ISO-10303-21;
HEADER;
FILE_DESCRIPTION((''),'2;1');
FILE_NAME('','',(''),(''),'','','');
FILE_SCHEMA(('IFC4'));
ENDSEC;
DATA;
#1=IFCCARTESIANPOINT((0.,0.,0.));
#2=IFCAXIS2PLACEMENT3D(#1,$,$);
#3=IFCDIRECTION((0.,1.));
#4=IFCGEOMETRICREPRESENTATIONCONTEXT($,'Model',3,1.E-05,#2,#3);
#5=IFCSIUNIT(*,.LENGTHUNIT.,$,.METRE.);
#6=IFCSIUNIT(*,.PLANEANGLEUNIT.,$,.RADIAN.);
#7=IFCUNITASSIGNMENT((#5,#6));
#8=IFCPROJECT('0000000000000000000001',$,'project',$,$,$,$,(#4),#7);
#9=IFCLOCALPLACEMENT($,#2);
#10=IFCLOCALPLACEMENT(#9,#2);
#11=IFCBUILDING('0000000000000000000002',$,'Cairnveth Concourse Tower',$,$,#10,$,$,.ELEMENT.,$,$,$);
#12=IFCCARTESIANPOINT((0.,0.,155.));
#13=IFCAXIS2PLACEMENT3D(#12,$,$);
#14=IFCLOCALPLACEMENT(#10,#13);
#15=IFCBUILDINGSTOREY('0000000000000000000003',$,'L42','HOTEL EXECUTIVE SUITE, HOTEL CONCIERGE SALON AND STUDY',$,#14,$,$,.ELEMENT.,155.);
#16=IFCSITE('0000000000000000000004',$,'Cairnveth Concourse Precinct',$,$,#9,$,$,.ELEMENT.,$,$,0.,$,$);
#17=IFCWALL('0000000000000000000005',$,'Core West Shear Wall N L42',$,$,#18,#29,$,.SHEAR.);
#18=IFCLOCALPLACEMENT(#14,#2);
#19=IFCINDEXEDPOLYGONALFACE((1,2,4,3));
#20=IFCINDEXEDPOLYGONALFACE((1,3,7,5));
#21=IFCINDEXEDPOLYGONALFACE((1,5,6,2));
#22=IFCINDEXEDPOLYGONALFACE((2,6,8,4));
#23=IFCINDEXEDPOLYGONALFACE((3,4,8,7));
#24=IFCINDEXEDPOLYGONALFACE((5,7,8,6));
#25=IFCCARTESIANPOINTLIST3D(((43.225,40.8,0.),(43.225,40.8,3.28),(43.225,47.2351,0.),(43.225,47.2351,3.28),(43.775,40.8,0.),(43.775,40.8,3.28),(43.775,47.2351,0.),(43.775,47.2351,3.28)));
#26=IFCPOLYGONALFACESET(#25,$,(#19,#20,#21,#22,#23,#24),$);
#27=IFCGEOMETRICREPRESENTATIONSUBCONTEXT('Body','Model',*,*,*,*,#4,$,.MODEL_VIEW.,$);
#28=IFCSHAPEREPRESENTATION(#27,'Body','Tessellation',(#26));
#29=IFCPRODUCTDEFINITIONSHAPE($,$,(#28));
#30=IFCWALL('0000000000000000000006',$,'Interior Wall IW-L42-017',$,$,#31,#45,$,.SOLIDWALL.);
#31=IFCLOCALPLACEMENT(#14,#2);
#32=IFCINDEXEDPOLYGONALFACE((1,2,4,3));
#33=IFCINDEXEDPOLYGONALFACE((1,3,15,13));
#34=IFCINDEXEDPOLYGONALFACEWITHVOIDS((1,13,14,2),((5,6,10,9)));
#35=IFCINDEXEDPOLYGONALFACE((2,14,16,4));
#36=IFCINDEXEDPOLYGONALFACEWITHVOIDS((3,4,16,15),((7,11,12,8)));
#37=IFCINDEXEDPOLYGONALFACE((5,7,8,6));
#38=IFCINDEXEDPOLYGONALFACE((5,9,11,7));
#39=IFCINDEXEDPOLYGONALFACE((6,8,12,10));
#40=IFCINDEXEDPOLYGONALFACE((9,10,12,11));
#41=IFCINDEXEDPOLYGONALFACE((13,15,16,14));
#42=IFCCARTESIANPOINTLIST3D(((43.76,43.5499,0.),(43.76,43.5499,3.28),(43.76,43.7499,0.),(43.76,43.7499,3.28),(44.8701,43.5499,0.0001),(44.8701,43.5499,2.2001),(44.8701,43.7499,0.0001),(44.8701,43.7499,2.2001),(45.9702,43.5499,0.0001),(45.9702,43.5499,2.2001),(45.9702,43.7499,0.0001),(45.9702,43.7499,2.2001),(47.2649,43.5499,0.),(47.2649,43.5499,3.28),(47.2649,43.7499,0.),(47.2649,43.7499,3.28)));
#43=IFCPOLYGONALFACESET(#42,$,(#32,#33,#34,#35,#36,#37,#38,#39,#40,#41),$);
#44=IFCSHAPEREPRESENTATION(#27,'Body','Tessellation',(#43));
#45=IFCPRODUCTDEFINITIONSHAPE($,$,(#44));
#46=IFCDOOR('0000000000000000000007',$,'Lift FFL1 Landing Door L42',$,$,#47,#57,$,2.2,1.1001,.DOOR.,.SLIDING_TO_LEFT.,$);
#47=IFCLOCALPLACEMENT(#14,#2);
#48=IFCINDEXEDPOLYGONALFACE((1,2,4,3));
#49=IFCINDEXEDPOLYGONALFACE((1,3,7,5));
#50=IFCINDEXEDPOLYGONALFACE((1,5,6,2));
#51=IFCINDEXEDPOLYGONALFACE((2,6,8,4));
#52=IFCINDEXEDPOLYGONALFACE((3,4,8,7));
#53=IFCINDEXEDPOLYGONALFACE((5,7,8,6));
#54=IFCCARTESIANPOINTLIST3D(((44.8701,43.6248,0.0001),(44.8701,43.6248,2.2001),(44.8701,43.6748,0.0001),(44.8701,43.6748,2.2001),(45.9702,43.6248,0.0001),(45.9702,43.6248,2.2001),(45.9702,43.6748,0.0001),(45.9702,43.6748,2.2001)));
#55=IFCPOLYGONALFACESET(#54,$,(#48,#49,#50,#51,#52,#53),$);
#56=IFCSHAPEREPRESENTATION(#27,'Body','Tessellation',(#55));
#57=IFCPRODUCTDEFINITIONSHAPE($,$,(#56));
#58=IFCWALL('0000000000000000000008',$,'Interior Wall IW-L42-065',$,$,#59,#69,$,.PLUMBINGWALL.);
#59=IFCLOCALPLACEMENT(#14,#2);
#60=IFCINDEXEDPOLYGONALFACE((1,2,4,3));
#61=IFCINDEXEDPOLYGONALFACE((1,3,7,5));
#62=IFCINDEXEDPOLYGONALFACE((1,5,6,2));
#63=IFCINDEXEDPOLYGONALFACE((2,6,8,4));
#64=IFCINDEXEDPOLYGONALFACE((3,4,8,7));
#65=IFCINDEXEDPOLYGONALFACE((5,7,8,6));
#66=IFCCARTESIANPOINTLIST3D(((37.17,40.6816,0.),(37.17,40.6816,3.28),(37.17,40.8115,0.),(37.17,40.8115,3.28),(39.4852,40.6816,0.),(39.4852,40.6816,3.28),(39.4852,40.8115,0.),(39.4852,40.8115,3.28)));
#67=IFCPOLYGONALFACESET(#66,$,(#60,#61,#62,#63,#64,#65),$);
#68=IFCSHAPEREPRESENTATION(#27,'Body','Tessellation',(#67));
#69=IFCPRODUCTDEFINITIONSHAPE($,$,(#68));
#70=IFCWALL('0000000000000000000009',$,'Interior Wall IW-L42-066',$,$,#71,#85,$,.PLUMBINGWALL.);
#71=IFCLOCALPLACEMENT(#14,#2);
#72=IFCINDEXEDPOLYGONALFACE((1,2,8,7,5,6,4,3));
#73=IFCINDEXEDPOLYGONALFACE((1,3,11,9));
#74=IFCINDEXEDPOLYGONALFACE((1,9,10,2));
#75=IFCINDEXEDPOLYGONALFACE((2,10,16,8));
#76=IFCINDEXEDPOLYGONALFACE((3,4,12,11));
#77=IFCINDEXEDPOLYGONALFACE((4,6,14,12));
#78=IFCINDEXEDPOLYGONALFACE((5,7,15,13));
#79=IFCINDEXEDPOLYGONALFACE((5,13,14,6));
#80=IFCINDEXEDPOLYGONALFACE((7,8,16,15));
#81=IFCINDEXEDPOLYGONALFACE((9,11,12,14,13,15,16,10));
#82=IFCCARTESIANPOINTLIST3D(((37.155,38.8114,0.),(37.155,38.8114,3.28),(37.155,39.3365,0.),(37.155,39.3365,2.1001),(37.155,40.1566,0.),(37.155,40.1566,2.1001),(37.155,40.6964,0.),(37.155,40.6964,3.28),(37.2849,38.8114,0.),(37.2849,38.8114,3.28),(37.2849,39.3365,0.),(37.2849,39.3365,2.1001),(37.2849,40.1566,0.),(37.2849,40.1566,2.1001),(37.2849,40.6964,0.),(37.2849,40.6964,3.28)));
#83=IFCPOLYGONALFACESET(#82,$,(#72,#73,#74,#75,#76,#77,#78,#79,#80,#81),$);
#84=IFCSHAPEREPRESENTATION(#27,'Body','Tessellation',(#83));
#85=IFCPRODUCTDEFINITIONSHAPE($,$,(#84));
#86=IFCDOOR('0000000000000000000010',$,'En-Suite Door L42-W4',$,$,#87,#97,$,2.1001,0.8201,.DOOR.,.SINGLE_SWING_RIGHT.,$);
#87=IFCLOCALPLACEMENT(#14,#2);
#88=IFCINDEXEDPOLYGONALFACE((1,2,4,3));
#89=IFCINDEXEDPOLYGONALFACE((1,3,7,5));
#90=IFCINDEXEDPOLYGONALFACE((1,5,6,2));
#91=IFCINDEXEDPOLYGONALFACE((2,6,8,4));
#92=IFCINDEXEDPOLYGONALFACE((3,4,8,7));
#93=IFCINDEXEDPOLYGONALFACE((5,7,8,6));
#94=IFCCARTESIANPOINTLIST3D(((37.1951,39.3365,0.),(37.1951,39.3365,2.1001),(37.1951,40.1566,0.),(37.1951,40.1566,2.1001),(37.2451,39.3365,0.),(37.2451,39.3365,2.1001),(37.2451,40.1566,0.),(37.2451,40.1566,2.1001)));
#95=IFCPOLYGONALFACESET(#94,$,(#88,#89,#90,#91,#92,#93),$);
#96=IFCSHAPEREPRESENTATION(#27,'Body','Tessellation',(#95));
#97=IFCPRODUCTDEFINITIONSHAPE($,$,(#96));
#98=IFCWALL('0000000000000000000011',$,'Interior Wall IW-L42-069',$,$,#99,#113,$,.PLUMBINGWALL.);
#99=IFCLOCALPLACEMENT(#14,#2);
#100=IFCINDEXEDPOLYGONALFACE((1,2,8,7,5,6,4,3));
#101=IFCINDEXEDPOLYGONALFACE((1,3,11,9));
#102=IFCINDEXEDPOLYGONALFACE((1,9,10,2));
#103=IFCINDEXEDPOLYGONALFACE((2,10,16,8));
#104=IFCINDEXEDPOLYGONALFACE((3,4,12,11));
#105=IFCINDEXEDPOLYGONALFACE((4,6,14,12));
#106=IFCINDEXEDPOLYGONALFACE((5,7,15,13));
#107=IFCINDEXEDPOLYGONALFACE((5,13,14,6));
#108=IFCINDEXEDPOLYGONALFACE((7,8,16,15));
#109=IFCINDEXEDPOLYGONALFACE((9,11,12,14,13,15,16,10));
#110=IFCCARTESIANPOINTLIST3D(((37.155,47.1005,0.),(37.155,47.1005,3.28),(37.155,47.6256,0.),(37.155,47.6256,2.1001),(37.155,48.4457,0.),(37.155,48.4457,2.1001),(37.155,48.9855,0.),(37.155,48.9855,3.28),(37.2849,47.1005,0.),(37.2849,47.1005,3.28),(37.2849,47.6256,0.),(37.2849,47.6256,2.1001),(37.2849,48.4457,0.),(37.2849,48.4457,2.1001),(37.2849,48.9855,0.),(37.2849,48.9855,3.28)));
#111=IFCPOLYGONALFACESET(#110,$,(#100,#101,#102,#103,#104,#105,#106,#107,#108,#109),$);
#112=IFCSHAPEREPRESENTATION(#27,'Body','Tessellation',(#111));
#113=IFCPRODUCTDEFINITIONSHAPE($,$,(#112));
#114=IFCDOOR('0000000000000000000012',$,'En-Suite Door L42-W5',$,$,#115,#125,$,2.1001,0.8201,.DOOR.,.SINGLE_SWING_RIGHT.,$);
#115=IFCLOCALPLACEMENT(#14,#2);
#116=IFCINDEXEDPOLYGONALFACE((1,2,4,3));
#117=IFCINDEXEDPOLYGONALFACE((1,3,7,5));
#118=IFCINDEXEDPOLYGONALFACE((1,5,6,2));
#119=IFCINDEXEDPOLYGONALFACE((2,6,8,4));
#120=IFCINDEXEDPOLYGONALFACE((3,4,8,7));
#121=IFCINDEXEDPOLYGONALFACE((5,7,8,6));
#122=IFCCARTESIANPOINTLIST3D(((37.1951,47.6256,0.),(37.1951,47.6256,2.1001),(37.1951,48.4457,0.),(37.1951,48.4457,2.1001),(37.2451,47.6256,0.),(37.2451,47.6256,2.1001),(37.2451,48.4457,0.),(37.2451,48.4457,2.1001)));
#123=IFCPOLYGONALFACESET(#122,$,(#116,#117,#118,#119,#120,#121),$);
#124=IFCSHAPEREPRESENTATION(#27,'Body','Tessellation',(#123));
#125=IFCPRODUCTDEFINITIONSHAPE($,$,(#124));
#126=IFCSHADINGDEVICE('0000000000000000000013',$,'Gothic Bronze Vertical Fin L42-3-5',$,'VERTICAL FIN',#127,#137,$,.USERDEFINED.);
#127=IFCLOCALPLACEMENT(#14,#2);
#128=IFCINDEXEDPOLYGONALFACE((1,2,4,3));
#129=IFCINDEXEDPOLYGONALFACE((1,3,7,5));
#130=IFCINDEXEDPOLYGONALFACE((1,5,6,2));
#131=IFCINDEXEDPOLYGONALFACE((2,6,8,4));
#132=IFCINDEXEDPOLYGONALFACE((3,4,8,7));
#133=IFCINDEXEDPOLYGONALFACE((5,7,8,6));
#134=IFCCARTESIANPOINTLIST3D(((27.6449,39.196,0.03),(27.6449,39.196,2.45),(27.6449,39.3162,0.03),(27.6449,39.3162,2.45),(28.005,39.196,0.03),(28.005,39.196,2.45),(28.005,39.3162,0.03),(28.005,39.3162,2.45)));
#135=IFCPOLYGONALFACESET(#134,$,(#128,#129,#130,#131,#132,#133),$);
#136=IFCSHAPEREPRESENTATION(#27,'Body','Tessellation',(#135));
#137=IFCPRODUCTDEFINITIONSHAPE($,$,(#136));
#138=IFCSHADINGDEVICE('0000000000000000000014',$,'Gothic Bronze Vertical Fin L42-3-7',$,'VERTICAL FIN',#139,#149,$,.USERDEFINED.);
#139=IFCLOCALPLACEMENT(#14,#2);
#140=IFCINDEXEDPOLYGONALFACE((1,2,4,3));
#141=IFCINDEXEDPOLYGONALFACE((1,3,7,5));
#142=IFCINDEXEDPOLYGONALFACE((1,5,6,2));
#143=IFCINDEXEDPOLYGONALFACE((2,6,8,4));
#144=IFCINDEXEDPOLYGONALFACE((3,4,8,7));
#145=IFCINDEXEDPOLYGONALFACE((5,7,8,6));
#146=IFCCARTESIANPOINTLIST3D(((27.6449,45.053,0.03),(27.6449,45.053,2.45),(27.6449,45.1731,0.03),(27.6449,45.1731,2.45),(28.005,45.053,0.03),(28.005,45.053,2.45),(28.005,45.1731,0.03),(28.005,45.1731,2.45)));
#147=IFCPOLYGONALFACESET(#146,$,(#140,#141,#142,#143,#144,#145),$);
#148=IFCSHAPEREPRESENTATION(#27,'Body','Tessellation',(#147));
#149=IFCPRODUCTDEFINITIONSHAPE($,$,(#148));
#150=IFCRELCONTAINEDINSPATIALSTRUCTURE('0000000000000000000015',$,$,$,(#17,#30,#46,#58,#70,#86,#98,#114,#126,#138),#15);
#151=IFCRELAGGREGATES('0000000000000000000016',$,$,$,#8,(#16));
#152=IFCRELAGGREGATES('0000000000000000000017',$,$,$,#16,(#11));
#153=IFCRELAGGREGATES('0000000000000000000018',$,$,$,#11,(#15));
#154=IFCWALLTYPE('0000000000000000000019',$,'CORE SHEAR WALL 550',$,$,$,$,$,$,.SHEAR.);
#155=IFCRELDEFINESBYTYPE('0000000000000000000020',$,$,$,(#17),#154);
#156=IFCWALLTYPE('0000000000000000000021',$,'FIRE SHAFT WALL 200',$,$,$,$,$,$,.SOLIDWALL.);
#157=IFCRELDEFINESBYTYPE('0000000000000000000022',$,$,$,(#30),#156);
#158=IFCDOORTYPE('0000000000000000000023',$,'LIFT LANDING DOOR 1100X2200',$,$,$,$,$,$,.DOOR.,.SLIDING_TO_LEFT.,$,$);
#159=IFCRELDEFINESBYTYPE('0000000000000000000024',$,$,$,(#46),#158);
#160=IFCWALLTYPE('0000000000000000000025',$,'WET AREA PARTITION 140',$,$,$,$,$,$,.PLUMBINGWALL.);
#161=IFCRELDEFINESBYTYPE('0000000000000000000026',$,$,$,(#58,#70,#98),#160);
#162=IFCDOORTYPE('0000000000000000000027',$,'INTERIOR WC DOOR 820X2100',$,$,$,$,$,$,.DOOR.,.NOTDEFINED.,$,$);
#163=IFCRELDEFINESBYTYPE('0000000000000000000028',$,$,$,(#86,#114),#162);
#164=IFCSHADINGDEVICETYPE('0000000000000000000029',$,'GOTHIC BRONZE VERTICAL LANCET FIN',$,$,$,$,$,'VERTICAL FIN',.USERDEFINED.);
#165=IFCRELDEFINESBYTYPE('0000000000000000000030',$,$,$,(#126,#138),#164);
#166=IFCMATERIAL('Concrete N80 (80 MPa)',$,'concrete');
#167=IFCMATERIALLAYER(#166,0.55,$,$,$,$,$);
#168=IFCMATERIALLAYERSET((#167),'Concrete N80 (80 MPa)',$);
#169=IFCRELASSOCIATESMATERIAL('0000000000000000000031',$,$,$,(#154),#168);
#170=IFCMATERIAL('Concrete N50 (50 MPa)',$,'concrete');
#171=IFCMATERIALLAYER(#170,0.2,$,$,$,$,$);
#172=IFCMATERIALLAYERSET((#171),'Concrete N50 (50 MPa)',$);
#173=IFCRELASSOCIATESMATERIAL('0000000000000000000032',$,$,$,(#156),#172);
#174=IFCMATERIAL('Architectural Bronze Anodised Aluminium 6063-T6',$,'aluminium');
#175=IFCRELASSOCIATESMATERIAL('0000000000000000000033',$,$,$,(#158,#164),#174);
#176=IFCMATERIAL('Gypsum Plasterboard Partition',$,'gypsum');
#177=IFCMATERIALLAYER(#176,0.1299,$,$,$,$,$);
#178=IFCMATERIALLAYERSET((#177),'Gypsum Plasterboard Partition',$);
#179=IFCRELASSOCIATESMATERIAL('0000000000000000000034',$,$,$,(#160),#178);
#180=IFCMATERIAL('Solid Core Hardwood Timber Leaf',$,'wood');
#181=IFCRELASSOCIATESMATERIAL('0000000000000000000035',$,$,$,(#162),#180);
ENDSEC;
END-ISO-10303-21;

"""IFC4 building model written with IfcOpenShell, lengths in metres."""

from ifc_helpers import new_model, si_unit, direction, frame, frame_2d, origin, origin_2d, place, context, subcontext, project, spatial, rectangle, extrude, material, layer, layer_set, type_object, element, fill, save


model = new_model("IFC4")

# Units and contexts
model_context = context("Model", 3, precision=1e-05, world=origin(), true_north=direction((0.0, 1.0)))
body_context = subcontext(model_context, "Body", "Model", "MODEL_VIEW")
ifc_project = project(units=[si_unit("LENGTHUNIT", "METRE"), si_unit("PLANEANGLEUNIT", "RADIAN")], contexts=[model_context])

# Site, building, storey
site_placement = place(None, origin())
site = spatial("IfcSite", under=ifc_project, at=site_placement, Name="Cairnveth Concourse Precinct", CompositionType="ELEMENT", RefElevation=0.0)
building_placement = place(site_placement, origin())
building = spatial("IfcBuilding", under=site, at=building_placement, Name="Cairnveth Concourse Tower", CompositionType="ELEMENT")
storey_placement = place(building_placement, frame((0.0, 0.0, 155.0)))
storey = spatial("IfcBuildingStorey", under=building, at=storey_placement, Name="L42", Description="HOTEL EXECUTIVE SUITE, HOTEL CONCIERGE SALON AND STUDY", CompositionType="ELEMENT", Elevation=155.0)

# Wall
ifc_material_1 = material(Name="Gypsum Plasterboard Partition", Category="gypsum")
ifc_material_2 = material(Name="Concrete N80 (80 MPa)", Category="concrete")
ifc_layer_1 = layer(ifc_material_2, 0.55)
ifc_layer_set_1 = layer_set([ifc_layer_1], Name="Concrete N80 (80 MPa)")
wall_type_1 = type_object("IfcWallType", Name="CORE SHEAR WALL 550", PredefinedType="SHEAR", material=ifc_layer_set_1)
wall_1_placement = place(storey_placement, frame((43.5, 40.8, 0.0), z_axis=(0.0, 0.0, 1.0), x_axis=(0.0, 1.0, 0.0)))
element("IfcWall", 1, at=wall_1_placement, inside=storey, type_object=wall_type_1, Name="Core West Shear Wall N L42", PredefinedType="SHEAR", context=body_context, shape_type="SweptSolid", body=[
    extrude(rectangle(XDim=6.4351, YDim=0.55, at=frame_2d((3.2175, 0.0))), origin(), (0.0, 0.0, 1.0), 3.28),
])

# Wall, opening, door
ifc_material_3 = material(Name="Concrete N50 (50 MPa)", Category="concrete")
ifc_layer_2 = layer(ifc_material_3, 0.2)
ifc_layer_set_2 = layer_set([ifc_layer_2], Name="Concrete N50 (50 MPa)")
wall_type_2 = type_object("IfcWallType", Name="FIRE SHAFT WALL 200", PredefinedType="SOLIDWALL", material=ifc_layer_set_2)
wall_2_placement = place(storey_placement, frame((43.76, 43.6499, 0.0), z_axis=(0.0, 0.0, 1.0), x_axis=(1.0, 0.0, 0.0)))
wall_2 = element("IfcWall", 2, at=wall_2_placement, inside=storey, type_object=wall_type_2, Name="Interior Wall IW-L42-017", PredefinedType="SOLIDWALL", context=body_context, shape_type="SweptSolid", body=[
    extrude(rectangle(XDim=3.5049, YDim=0.2, at=frame_2d((1.7524, 0.0))), origin(), (0.0, 0.0, 1.0), 3.28),
])
opening_1_placement = place(wall_2_placement, frame((1.1101, 0.0, 0.0)))
opening_1 = element("IfcOpeningElement", 3, at=opening_1_placement, cuts=wall_2, PredefinedType="OPENING", context=body_context, shape_type="SweptSolid", body=[
    extrude(rectangle(XDim=1.1001, YDim=2.2, at=frame_2d((0.55, 1.1001))), frame((0.0, 0.1099, 0.0), z_axis=(0.0, -1.0, 0.0), x_axis=(1.0, 0.0, 0.0)), (0.0, 0.0, 1.0), 0.22),
])
ifc_material_4 = material(Name="Architectural Bronze Anodised Aluminium 6063-T6", Category="aluminium")
door_type_1 = type_object("IfcDoorType", Name="LIFT LANDING DOOR 1100X2200", OperationType="SLIDING_TO_LEFT", PredefinedType="DOOR", material=ifc_material_4)
door_1_placement = place(opening_1_placement, origin())
door_1 = element("IfcDoor", 4, at=door_1_placement, inside=storey, type_object=door_type_1, Name="Lift FFL1 Landing Door L42", OperationType="SLIDING_TO_LEFT", OverallHeight=2.2, OverallWidth=1.1001, PredefinedType="DOOR", context=body_context, shape_type="SweptSolid", body=[
    extrude(rectangle(XDim=1.1001, YDim=2.2, at=frame_2d((0.55, 1.1001))), frame((0.0, 0.0249, 0.0), z_axis=(0.0, -1.0, 0.0), x_axis=(1.0, 0.0, 0.0)), (0.0, 0.0, 1.0), 0.05),
])
fill(opening_1, door_1)

# Wall
ifc_layer_3 = layer(ifc_material_1, 0.1299)
ifc_layer_set_3 = layer_set([ifc_layer_3], Name="Gypsum Plasterboard Partition")
wall_type_3 = type_object("IfcWallType", Name="WET AREA PARTITION 140", PredefinedType="PLUMBINGWALL", material=ifc_layer_set_3)
wall_3_placement = place(storey_placement, frame((37.1699, 40.7466, 0.0), z_axis=(0.0, 0.0, 1.0), x_axis=(1.0, 0.0, 0.0)))
element("IfcWall", 5, at=wall_3_placement, inside=storey, type_object=wall_type_3, Name="Interior Wall IW-L42-065", PredefinedType="PLUMBINGWALL", context=body_context, shape_type="SweptSolid", body=[
    extrude(rectangle(XDim=2.3152, YDim=0.1299, at=frame_2d((1.1577, 0.0))), origin(), (0.0, 0.0, 1.0), 3.28),
])

# Walls, openings, doors
wall_4_placement = place(storey_placement, frame((37.22, 38.8115, 0.0), z_axis=(0.0, 0.0, 1.0), x_axis=(0.0, 1.0, 0.0)))
wall_4 = element("IfcWall", 6, at=wall_4_placement, inside=storey, type_object=wall_type_3, Name="Interior Wall IW-L42-066", PredefinedType="PLUMBINGWALL", context=body_context, shape_type="SweptSolid", body=[
    extrude(rectangle(XDim=1.885, YDim=0.1299, at=frame_2d((0.9424, 0.0))), origin(), (0.0, 0.0, 1.0), 3.28),
])
opening_2_placement = place(wall_4_placement, frame((0.5249, 0.0, 0.0)))
opening_2 = element("IfcOpeningElement", 7, at=opening_2_placement, cuts=wall_4, PredefinedType="OPENING", context=body_context, shape_type="SweptSolid", body=[
    extrude(rectangle(XDim=0.8201, YDim=2.1001, at=frame_2d((0.4102, 1.05))), frame((0.0, 0.075, 0.0), z_axis=(0.0, -1.0, 0.0), x_axis=(1.0, 0.0, 0.0)), (0.0, 0.0, 1.0), 0.1499),
])
ifc_material_5 = material(Name="Solid Core Hardwood Timber Leaf", Category="wood")
door_type_2 = type_object("IfcDoorType", Name="INTERIOR WC DOOR 820X2100", OperationType="NOTDEFINED", PredefinedType="DOOR", material=ifc_material_5)
door_2_placement = place(opening_2_placement, origin())
door_2 = element("IfcDoor", 8, at=door_2_placement, inside=storey, type_object=door_type_2, Name="En-Suite Door L42-W4", OperationType="SINGLE_SWING_RIGHT", OverallHeight=2.1001, OverallWidth=0.8201, PredefinedType="DOOR", context=body_context, shape_type="SweptSolid", body=[
    extrude(rectangle(XDim=0.8201, YDim=2.1001, at=frame_2d((0.4102, 1.05))), frame((0.0, 0.0249, 0.0), z_axis=(0.0, -1.0, 0.0), x_axis=(1.0, 0.0, 0.0)), (0.0, 0.0, 1.0), 0.05),
])
fill(opening_2, door_2)
wall_5_placement = place(storey_placement, frame((37.22, 47.1006, 0.0), z_axis=(0.0, 0.0, 1.0), x_axis=(0.0, 1.0, 0.0)))
wall_5 = element("IfcWall", 9, at=wall_5_placement, inside=storey, type_object=wall_type_3, Name="Interior Wall IW-L42-069", PredefinedType="PLUMBINGWALL", context=body_context, shape_type="SweptSolid", body=[
    extrude(rectangle(XDim=1.885, YDim=0.1299, at=frame_2d((0.9424, 0.0))), origin(), (0.0, 0.0, 1.0), 3.28),
])
opening_3_placement = place(wall_5_placement, frame((0.5249, 0.0, 0.0)))
opening_3 = element("IfcOpeningElement", 10, at=opening_3_placement, cuts=wall_5, PredefinedType="OPENING", context=body_context, shape_type="SweptSolid", body=[
    extrude(rectangle(XDim=0.8201, YDim=2.1001, at=frame_2d((0.4102, 1.05))), frame((0.0, 0.075, 0.0), z_axis=(0.0, -1.0, 0.0), x_axis=(1.0, 0.0, 0.0)), (0.0, 0.0, 1.0), 0.1499),
])
door_3_placement = place(opening_3_placement, origin())
door_3 = element("IfcDoor", 11, at=door_3_placement, inside=storey, type_object=door_type_2, Name="En-Suite Door L42-W5", OperationType="SINGLE_SWING_RIGHT", OverallHeight=2.1001, OverallWidth=0.8201, PredefinedType="DOOR", context=body_context, shape_type="SweptSolid", body=[
    extrude(rectangle(XDim=0.8201, YDim=2.1001, at=frame_2d((0.4102, 1.05))), frame((0.0, 0.0249, 0.0), z_axis=(0.0, -1.0, 0.0), x_axis=(1.0, 0.0, 0.0)), (0.0, 0.0, 1.0), 0.05),
])
fill(opening_3, door_3)

# Shading devices
shading_device_type = type_object("IfcShadingDeviceType", Name="GOTHIC BRONZE VERTICAL LANCET FIN", ElementType="VERTICAL FIN", PredefinedType="USERDEFINED", material=ifc_material_4)
for number, where, z_axis, x_axis, name in (
    (12, (27.825, 39.2561, 0.03), (0.0, 0.0, 1.0), (0.0, 1.0, 0.0), "Gothic Bronze Vertical Fin L42-3-5"),
    (13, (27.825, 45.113, 0.03), (0.0, 0.0, 1.0), (0.0, 1.0, 0.0), "Gothic Bronze Vertical Fin L42-3-7"),
):
    element("IfcShadingDevice", number, at=place(storey_placement, frame(where, z_axis=z_axis, x_axis=x_axis)), inside=storey, type_object=shading_device_type, Name=name, ObjectType="VERTICAL FIN", PredefinedType="USERDEFINED", context=body_context, shape_type="SweptSolid", body=[
        extrude(rectangle(XDim=0.1201, YDim=0.3601, at=origin_2d()), origin(), (0.0, 0.0, 1.0), 2.4199),
    ])

save(model, "model.ifc")
